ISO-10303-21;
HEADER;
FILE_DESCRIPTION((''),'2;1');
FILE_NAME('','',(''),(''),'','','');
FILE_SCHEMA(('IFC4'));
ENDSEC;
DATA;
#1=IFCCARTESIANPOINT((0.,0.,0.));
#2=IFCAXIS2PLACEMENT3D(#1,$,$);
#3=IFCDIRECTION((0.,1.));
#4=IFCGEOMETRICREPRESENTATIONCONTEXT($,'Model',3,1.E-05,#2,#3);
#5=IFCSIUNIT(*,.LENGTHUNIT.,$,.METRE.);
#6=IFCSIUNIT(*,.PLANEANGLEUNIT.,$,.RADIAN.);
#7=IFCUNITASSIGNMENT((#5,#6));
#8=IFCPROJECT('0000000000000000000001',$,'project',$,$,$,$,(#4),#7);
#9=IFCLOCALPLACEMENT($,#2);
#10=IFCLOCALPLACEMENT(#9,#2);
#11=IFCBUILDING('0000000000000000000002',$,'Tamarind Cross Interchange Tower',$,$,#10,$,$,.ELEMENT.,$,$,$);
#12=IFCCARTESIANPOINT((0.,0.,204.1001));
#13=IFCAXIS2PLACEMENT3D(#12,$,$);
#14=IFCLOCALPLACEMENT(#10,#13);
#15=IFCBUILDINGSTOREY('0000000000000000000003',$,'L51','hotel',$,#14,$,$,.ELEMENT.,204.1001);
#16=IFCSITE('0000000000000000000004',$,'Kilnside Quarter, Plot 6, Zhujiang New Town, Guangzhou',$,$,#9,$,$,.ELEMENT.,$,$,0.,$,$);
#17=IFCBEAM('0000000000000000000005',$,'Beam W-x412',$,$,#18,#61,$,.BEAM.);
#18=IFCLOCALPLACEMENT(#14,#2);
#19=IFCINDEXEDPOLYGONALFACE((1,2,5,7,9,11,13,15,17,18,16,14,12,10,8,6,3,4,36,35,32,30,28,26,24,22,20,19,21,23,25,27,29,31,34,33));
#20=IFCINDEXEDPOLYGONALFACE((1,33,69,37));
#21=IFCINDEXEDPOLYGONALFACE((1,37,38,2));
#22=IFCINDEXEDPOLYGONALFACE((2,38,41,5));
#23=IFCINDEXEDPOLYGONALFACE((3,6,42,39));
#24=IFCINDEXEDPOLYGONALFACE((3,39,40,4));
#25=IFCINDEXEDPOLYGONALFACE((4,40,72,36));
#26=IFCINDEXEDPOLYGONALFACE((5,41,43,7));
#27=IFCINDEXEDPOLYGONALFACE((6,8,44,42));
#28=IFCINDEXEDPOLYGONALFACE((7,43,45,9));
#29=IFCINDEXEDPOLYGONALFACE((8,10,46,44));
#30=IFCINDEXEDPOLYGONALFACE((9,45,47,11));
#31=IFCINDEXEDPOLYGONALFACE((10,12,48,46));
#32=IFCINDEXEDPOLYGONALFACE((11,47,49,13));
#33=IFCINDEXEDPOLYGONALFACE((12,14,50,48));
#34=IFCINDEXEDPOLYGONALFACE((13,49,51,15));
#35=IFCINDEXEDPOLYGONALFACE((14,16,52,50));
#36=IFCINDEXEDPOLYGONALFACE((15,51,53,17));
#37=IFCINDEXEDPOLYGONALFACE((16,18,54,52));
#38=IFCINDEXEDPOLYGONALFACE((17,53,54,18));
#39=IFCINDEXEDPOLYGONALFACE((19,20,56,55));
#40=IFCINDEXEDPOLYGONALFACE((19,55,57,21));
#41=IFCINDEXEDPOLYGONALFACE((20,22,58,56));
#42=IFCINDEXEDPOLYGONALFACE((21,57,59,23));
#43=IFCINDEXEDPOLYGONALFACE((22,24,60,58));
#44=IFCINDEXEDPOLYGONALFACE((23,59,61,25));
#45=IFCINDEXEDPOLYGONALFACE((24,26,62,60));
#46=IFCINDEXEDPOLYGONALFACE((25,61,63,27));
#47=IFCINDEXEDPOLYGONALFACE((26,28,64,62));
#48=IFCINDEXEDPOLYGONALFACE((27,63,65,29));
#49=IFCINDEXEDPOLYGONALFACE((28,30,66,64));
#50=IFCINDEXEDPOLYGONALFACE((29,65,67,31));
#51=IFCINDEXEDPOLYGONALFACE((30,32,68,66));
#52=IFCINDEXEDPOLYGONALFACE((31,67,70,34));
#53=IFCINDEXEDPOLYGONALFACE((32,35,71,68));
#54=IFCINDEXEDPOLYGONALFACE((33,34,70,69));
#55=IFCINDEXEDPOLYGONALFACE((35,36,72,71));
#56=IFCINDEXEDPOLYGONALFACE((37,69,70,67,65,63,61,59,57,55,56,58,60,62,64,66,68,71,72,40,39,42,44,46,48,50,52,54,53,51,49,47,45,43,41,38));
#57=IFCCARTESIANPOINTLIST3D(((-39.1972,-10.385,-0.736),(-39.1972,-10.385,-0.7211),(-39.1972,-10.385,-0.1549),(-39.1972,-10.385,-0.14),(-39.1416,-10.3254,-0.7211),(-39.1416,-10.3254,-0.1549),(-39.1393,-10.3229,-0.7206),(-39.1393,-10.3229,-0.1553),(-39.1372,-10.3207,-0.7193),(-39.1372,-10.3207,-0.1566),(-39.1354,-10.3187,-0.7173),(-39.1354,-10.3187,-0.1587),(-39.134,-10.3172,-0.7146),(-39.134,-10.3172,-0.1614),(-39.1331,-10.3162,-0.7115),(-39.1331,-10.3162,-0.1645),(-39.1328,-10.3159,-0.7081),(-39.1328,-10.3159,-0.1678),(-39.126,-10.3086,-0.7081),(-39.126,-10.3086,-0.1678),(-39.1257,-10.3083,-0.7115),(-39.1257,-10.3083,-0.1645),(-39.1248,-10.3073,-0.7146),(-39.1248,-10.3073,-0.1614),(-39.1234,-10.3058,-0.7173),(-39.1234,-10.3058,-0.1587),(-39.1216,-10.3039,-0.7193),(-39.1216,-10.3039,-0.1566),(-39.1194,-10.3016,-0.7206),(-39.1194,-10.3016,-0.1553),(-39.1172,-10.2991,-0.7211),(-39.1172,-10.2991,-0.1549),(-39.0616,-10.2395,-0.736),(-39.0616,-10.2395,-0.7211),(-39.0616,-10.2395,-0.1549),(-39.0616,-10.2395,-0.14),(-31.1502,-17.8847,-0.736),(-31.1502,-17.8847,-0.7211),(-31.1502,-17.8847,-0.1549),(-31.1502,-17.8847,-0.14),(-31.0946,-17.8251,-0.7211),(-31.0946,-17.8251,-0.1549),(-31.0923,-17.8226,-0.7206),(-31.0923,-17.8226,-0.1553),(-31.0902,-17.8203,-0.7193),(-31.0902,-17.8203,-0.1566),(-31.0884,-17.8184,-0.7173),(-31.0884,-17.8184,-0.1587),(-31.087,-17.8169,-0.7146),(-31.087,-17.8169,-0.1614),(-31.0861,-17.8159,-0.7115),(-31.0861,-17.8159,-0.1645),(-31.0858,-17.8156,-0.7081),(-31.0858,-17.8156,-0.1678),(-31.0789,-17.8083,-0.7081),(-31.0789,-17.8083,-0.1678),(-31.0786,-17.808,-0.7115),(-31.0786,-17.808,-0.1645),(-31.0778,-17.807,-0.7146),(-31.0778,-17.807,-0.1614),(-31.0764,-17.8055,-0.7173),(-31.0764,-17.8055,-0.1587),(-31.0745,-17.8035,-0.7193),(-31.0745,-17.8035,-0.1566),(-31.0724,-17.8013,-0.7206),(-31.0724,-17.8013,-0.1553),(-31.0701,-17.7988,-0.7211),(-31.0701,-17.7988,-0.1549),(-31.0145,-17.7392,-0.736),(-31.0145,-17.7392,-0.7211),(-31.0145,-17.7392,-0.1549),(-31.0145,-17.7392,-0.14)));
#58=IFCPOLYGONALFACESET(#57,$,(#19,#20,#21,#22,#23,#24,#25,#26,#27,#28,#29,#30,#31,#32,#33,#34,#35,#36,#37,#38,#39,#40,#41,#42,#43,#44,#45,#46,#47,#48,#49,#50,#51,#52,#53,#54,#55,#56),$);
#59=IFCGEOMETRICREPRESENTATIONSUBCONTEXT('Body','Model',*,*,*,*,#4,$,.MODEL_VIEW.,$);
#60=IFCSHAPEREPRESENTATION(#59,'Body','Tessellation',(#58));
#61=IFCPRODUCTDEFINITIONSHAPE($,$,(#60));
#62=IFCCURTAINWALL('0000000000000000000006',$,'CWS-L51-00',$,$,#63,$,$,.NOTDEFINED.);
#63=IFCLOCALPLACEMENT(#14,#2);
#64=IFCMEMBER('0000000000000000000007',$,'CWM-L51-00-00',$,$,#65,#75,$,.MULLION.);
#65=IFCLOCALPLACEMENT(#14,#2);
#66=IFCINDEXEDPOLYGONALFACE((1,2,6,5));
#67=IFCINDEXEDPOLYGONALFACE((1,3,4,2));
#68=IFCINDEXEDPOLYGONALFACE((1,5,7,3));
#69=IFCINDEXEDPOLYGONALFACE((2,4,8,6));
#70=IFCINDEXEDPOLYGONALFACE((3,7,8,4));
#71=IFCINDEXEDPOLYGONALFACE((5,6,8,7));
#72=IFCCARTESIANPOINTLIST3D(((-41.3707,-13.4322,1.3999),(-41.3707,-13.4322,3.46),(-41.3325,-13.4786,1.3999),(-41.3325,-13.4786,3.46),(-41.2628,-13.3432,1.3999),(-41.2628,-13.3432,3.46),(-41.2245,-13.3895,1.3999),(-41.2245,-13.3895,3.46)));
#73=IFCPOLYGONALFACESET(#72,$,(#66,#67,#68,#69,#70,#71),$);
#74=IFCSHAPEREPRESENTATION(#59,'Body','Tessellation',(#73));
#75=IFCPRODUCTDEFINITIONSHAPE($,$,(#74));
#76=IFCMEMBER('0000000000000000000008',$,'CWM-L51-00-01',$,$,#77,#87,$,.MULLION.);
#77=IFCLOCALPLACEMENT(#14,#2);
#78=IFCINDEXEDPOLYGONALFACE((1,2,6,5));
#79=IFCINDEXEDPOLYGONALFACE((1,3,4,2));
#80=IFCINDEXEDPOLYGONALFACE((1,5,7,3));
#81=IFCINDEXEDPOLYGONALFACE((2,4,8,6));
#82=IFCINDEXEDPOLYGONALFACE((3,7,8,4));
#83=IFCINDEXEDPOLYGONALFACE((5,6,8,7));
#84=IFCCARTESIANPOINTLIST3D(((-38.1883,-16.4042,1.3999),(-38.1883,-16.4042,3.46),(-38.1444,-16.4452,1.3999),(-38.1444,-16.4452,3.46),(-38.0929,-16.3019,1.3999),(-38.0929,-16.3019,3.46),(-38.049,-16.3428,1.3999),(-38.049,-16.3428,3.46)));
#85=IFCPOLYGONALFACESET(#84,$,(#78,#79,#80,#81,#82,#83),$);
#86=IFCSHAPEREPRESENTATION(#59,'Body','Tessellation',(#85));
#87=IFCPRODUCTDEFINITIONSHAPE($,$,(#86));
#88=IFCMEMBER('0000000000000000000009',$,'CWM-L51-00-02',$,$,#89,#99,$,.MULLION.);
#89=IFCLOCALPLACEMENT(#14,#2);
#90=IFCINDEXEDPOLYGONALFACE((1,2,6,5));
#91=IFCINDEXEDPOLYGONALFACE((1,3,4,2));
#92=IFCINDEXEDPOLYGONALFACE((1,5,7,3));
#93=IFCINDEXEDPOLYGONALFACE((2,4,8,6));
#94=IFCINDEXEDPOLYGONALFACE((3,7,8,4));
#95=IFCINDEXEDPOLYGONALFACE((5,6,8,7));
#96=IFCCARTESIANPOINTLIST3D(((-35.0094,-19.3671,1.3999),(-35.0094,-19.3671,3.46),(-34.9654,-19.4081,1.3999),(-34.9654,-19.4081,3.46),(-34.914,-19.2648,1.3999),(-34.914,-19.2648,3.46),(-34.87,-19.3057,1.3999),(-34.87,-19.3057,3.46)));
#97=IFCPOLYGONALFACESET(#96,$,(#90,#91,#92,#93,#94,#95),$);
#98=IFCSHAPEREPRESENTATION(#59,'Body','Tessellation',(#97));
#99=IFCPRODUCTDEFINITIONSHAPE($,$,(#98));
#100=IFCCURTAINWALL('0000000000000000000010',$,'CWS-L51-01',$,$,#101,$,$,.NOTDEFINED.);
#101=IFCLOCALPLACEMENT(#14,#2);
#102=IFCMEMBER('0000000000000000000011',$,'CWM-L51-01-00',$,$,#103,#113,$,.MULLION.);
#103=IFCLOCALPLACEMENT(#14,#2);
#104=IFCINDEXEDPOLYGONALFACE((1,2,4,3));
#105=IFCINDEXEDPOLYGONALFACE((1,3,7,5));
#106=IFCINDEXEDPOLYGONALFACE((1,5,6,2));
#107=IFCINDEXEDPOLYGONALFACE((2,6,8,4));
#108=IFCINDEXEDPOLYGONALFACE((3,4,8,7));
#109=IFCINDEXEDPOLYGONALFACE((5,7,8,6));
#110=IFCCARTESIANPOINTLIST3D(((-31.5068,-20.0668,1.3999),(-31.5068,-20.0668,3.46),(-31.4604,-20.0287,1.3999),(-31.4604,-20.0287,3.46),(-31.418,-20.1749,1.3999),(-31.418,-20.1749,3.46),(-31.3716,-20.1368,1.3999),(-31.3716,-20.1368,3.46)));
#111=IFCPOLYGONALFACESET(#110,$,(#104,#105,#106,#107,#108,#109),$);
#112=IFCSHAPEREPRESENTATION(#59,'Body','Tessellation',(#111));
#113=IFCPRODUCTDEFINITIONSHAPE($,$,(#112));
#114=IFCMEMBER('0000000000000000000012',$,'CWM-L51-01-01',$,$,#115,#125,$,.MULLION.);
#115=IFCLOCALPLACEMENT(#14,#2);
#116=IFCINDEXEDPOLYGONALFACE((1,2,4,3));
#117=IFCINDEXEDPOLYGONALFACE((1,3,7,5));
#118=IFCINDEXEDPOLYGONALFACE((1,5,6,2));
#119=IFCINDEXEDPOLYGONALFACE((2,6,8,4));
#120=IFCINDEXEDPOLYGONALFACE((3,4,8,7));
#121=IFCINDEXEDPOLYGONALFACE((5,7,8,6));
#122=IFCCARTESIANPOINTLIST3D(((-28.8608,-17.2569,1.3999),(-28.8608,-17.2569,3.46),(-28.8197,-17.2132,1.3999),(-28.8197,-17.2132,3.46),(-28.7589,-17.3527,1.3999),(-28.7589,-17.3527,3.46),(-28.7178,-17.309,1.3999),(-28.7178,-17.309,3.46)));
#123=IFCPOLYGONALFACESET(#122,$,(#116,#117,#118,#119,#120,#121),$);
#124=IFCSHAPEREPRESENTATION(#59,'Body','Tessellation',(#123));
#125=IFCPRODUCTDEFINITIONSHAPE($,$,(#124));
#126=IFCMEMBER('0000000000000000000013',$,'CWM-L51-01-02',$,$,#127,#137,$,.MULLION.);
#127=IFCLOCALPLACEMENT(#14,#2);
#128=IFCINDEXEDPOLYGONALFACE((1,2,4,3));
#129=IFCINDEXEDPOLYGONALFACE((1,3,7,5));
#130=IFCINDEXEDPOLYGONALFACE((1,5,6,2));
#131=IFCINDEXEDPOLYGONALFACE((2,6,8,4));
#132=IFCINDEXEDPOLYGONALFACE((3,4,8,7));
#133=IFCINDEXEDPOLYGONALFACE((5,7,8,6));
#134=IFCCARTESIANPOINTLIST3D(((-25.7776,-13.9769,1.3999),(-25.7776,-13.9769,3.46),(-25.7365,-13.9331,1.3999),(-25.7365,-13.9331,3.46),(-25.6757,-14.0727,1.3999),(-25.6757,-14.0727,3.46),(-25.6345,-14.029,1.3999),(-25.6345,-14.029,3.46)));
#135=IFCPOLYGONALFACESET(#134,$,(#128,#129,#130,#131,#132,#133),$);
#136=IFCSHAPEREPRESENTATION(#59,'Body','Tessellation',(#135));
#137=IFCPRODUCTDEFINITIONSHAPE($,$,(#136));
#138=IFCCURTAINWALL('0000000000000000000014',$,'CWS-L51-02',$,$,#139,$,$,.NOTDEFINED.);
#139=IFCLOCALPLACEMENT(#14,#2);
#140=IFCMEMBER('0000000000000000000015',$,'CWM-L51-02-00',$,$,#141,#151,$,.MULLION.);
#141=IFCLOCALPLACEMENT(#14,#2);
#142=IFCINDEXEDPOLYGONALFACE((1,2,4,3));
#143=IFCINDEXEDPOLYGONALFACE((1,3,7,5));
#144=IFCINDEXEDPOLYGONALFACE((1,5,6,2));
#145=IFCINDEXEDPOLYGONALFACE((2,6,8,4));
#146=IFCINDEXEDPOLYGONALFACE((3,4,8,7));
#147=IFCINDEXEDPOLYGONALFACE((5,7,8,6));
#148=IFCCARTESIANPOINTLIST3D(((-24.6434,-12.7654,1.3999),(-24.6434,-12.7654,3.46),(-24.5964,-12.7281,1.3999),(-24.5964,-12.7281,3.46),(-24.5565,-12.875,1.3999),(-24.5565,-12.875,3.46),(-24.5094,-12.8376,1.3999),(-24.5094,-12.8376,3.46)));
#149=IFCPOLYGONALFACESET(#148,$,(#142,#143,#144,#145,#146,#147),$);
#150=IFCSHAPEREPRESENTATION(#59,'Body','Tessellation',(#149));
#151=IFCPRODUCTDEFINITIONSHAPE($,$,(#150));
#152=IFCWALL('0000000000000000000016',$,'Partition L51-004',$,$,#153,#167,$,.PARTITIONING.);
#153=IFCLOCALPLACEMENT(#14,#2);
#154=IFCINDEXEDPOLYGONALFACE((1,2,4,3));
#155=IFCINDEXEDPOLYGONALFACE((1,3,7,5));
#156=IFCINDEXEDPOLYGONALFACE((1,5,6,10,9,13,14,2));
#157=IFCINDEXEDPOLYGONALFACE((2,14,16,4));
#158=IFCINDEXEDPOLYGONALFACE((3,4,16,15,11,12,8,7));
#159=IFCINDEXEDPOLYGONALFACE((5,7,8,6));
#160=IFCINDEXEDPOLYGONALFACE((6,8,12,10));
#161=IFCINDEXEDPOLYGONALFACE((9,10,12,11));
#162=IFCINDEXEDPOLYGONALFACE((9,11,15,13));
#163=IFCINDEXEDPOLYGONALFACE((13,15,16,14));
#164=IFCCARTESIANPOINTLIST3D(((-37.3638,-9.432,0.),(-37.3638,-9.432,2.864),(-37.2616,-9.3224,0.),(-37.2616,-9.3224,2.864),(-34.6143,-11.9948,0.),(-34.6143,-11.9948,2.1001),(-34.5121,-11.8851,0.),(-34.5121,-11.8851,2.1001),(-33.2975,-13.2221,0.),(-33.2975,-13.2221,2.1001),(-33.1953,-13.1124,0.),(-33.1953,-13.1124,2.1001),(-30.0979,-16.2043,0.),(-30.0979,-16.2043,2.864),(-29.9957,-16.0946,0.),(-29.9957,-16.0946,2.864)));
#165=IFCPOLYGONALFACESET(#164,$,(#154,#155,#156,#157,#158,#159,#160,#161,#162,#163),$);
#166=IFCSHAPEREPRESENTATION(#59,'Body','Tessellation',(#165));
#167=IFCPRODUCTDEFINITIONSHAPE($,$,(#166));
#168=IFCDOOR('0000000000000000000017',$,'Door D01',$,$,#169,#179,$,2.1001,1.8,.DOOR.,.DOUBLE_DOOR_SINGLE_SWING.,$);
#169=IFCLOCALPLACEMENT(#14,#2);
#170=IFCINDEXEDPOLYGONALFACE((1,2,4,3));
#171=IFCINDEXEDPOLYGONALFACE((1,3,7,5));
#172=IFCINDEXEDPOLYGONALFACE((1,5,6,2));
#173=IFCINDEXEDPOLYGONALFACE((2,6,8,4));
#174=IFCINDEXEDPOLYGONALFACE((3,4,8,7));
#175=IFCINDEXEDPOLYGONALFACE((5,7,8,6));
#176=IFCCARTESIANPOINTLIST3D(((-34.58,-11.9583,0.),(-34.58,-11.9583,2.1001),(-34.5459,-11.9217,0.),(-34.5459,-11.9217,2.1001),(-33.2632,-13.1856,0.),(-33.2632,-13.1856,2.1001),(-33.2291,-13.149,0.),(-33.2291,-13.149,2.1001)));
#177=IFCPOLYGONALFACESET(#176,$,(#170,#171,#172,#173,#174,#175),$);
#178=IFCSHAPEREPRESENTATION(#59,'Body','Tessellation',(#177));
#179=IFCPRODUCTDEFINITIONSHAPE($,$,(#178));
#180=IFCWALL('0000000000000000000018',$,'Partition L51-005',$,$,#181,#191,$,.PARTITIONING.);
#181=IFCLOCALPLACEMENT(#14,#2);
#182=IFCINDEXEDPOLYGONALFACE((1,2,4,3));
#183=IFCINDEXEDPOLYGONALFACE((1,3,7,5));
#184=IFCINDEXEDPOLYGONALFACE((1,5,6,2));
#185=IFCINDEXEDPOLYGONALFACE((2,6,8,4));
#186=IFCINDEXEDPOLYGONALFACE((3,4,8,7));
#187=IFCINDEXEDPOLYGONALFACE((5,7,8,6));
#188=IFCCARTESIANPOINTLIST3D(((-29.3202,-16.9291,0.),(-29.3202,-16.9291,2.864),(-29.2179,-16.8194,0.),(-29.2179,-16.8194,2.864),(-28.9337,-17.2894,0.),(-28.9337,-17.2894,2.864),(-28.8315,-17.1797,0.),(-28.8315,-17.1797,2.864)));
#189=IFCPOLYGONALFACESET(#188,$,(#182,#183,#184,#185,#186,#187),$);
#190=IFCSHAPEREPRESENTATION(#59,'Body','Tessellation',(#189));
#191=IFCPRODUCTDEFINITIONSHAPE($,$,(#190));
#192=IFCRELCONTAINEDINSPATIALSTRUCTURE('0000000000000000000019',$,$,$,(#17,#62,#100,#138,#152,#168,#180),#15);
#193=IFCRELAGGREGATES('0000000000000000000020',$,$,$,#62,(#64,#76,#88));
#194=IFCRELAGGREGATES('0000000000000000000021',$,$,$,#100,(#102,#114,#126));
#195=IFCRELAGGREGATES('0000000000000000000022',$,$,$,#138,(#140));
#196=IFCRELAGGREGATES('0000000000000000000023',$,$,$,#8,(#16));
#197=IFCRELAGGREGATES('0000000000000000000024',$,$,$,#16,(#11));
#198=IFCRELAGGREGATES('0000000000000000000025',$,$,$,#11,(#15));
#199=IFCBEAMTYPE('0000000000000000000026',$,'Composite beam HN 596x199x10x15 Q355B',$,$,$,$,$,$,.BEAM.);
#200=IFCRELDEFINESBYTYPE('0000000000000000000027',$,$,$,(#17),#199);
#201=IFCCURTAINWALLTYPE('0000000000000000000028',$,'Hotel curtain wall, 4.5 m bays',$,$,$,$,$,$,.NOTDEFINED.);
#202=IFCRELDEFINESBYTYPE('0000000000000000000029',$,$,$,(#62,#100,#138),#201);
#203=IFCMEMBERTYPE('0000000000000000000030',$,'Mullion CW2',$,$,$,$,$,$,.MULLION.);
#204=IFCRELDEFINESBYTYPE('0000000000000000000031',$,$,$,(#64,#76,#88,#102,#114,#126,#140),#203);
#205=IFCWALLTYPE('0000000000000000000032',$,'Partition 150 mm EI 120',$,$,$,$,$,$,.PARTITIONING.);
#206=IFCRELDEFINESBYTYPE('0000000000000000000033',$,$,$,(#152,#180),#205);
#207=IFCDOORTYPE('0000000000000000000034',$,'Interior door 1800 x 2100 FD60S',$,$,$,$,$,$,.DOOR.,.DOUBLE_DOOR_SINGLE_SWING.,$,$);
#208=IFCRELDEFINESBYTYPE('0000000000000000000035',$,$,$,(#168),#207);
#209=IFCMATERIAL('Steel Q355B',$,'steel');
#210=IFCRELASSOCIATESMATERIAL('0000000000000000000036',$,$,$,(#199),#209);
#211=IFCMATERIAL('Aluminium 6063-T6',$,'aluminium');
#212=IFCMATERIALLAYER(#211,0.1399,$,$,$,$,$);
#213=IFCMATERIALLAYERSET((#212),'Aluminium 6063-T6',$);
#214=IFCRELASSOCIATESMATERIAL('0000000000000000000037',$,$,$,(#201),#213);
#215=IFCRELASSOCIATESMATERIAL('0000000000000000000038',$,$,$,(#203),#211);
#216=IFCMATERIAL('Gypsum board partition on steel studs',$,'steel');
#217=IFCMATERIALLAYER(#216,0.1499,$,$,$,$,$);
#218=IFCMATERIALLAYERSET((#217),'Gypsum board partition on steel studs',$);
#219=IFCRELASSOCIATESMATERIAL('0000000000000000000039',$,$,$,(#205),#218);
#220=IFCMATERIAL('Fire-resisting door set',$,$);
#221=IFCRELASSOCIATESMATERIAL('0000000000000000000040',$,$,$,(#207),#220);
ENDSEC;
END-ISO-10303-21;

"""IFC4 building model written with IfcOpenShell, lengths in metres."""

from ifc_helpers import new_model, si_unit, direction, frame, frame_2d, origin, origin_2d, place, context, subcontext, project, spatial, rectangle, i_section, extrude, material, layer, layer_set, material_profile, profile_set, type_object, element, fill, aggregate, save


model = new_model("IFC4")

# Units and contexts
model_context = context("Model", 3, precision=1e-05, world=origin(), true_north=direction((0.0, 1.0)))
body_context = subcontext(model_context, "Body", "Model", "MODEL_VIEW")
ifc_project = project(units=[si_unit("LENGTHUNIT", "METRE"), si_unit("PLANEANGLEUNIT", "RADIAN")], contexts=[model_context])

# Site, building, storey
site_placement = place(None, origin())
site = spatial("IfcSite", under=ifc_project, at=site_placement, Name="Kilnside Quarter, Plot 6, Zhujiang New Town, Guangzhou", CompositionType="ELEMENT", RefElevation=0.0)
building_placement = place(site_placement, origin())
building = spatial("IfcBuilding", under=site, at=building_placement, Name="Tamarind Cross Interchange Tower", CompositionType="ELEMENT")
storey_placement = place(building_placement, frame((0.0, 0.0, 204.1001)))
storey = spatial("IfcBuildingStorey", under=building, at=storey_placement, Name="L51", Description="hotel", CompositionType="ELEMENT", Elevation=204.1001)

# Beam
ifc_material_1 = material(Name="Steel Q355B", Category="steel")
ifc_material_profile_1 = material_profile(ifc_material_1, i_section(OverallWidth=0.199, OverallDepth=0.5959, WebThickness=0.01, FlangeThickness=0.0149, FilletRadius=0.0129, at=origin_2d()), Name="HN 596x199x10x15")
ifc_profile_set_1 = profile_set([ifc_material_profile_1], Name="Steel Q355B")
beam_type_1 = type_object("IfcBeamType", Name="Composite beam HN 596x199x10x15 Q355B", PredefinedType="BEAM", material=ifc_profile_set_1)
beam_1_placement = place(storey_placement, frame((-39.1294, -10.3123, -0.438), z_axis=(0.731549, -0.681789, 0.0), x_axis=(0.681789, 0.731549, 0.0)))
element("IfcBeam", 1, at=beam_1_placement, inside=storey, type_object=beam_type_1, Name="Beam W-x412", PredefinedType="BEAM", context=body_context, shape_type="SweptSolid", body=[
    extrude(i_section(OverallWidth=0.199, OverallDepth=0.5959, WebThickness=0.01, FlangeThickness=0.0149, FilletRadius=0.0129, at=origin_2d()), origin(), (0.0, 0.0, 1.0), 11.0),
])

# Curtain walls, members
ifc_material_2 = material(Name="Aluminium 6063-T6", Category="aluminium")
ifc_layer_1 = layer(ifc_material_2, 0.1399)
ifc_layer_set_1 = layer_set([ifc_layer_1], Name="Aluminium 6063-T6")
curtain_wall_type = type_object("IfcCurtainWallType", Name="Hotel curtain wall, 4.5 m bays", PredefinedType="NOTDEFINED", material=ifc_layer_set_1)
curtain_wall_1_placement = place(storey_placement, origin())
curtain_wall_1 = element("IfcCurtainWall", 2, at=curtain_wall_1_placement, inside=storey, type_object=curtain_wall_type, Name="CWS-L51-00", PredefinedType="NOTDEFINED")
ifc_material_profile_2 = material_profile(ifc_material_2, rectangle(XDim=0.0601, YDim=0.1399, at=origin_2d()), Name="Mullion CW2")
ifc_profile_set_2 = profile_set([ifc_material_profile_2], Name="Aluminium 6063-T6")
member_type = type_object("IfcMemberType", Name="Mullion CW2", PredefinedType="MULLION", material=ifc_profile_set_2)
member_1_placement = place(storey_placement, frame((-41.2976, -13.4109, 1.3999), z_axis=(0.0, 0.0, 1.0), x_axis=(0.636294, -0.771447, 0.0)))
member_1 = element("IfcMember", 3, at=member_1_placement, type_object=member_type, Name="CWM-L51-00-00", PredefinedType="MULLION", context=body_context, shape_type="SweptSolid", body=[
    extrude(rectangle(XDim=0.0601, YDim=0.1399, at=origin_2d()), origin(), (0.0, 0.0, 1.0), 2.0601),
])
member_2_placement = place(storey_placement, frame((-38.1187, -16.3735, 1.3999), z_axis=(0.0, 0.0, 1.0), x_axis=(0.731544, -0.681794, 0.0)))
member_2 = element("IfcMember", 4, at=member_2_placement, type_object=member_type, Name="CWM-L51-00-01", PredefinedType="MULLION", context=body_context, shape_type="SweptSolid", body=[
    extrude(rectangle(XDim=0.0601, YDim=0.1399, at=origin_2d()), origin(), (0.0, 0.0, 1.0), 2.0601),
])
member_3_placement = place(storey_placement, frame((-34.9397, -19.3364, 1.3999), z_axis=(0.0, 0.0, 1.0), x_axis=(0.731544, -0.681794, 0.0)))
member_3 = element("IfcMember", 5, at=member_3_placement, type_object=member_type, Name="CWM-L51-00-02", PredefinedType="MULLION", context=body_context, shape_type="SweptSolid", body=[
    extrude(rectangle(XDim=0.0601, YDim=0.1399, at=origin_2d()), origin(), (0.0, 0.0, 1.0), 2.0601),
])
aggregate(curtain_wall_1, [member_1, member_2, member_3])
curtain_wall_2_placement = place(storey_placement, origin())
curtain_wall_2 = element("IfcCurtainWall", 6, at=curtain_wall_2_placement, inside=storey, type_object=curtain_wall_type, Name="CWS-L51-01", PredefinedType="NOTDEFINED")
member_4_placement = place(storey_placement, frame((-31.4392, -20.1018, 1.3999), z_axis=(0.0, 0.0, 1.0), x_axis=(0.772812, 0.634635, 0.0)))
member_4 = element("IfcMember", 7, at=member_4_placement, type_object=member_type, Name="CWM-L51-01-00", PredefinedType="MULLION", context=body_context, shape_type="SweptSolid", body=[
    extrude(rectangle(XDim=0.0601, YDim=0.1399, at=origin_2d()), origin(), (0.0, 0.0, 1.0), 2.0601),
])
member_5_placement = place(storey_placement, frame((-28.7893, -17.283, 1.3999), z_axis=(0.0, 0.0, 1.0), x_axis=(0.68493, 0.728609, 0.0)))
member_5 = element("IfcMember", 8, at=member_5_placement, type_object=member_type, Name="CWM-L51-01-01", PredefinedType="MULLION", context=body_context, shape_type="SweptSolid", body=[
    extrude(rectangle(XDim=0.0601, YDim=0.1399, at=origin_2d()), origin(), (0.0, 0.0, 1.0), 2.0601),
])
member_6_placement = place(storey_placement, frame((-25.7061, -14.0029, 1.3999), z_axis=(0.0, 0.0, 1.0), x_axis=(0.68493, 0.728609, 0.0)))
member_6 = element("IfcMember", 9, at=member_6_placement, type_object=member_type, Name="CWM-L51-01-02", PredefinedType="MULLION", context=body_context, shape_type="SweptSolid", body=[
    extrude(rectangle(XDim=0.0601, YDim=0.1399, at=origin_2d()), origin(), (0.0, 0.0, 1.0), 2.0601),
])
aggregate(curtain_wall_2, [member_4, member_5, member_6])

# Curtain wall, member
curtain_wall_3_placement = place(storey_placement, origin())
curtain_wall_3 = element("IfcCurtainWall", 10, at=curtain_wall_3_placement, inside=storey, type_object=curtain_wall_type, Name="CWS-L51-02", PredefinedType="NOTDEFINED")
member_7_placement = place(storey_placement, frame((-24.5764, -12.8015, 1.3999), z_axis=(0.0, 0.0, 1.0), x_axis=(0.783309, 0.621633, 0.0)))
member_7 = element("IfcMember", 11, at=member_7_placement, type_object=member_type, Name="CWM-L51-02-00", PredefinedType="MULLION", context=body_context, shape_type="SweptSolid", body=[
    extrude(rectangle(XDim=0.0601, YDim=0.1399, at=origin_2d()), origin(), (0.0, 0.0, 1.0), 2.0601),
])
aggregate(curtain_wall_3, [member_7])

# Wall, opening, door
ifc_material_3 = material(Name="Gypsum board partition on steel studs", Category="steel")
ifc_layer_2 = layer(ifc_material_3, 0.1499)
ifc_layer_set_2 = layer_set([ifc_layer_2], Name="Gypsum board partition on steel studs")
wall_type = type_object("IfcWallType", Name="Partition 150 mm EI 120", PredefinedType="PARTITIONING", material=ifc_layer_set_2)
wall_1_placement = place(storey_placement, frame((-37.3127, -9.3772, 0.0), z_axis=(0.0, 0.0, 1.0), x_axis=(0.73152, -0.68182, 0.0)))
wall_1 = element("IfcWall", 12, at=wall_1_placement, inside=storey, type_object=wall_type, Name="Partition L51-004", PredefinedType="PARTITIONING", context=body_context, shape_type="SweptSolid", body=[
    extrude(rectangle(XDim=9.9326, YDim=0.1499, at=frame_2d((4.9663, 0.0))), origin(), (0.0, 0.0, 1.0), 2.864),
])
opening_1_placement = place(wall_1_placement, frame((3.7588, 0.0, 0.0)))
opening_1 = element("IfcOpeningElement", 13, at=opening_1_placement, cuts=wall_1, PredefinedType="OPENING", context=body_context, shape_type="SweptSolid", body=[
    extrude(rectangle(XDim=1.8, YDim=2.1001, at=frame_2d((0.8999, 1.05))), frame((0.0, 0.085, 0.0), z_axis=(0.0, -1.0, 0.0), x_axis=(1.0, 0.0, 0.0)), (0.0, 0.0, 1.0), 0.1699),
])
ifc_material_4 = material(Name="Fire-resisting door set")
door_type_1 = type_object("IfcDoorType", Name="Interior door 1800 x 2100 FD60S", OperationType="DOUBLE_DOOR_SINGLE_SWING", PredefinedType="DOOR", material=ifc_material_4)
door_1_placement = place(opening_1_placement, frame((1.8, 0.0, 0.0), z_axis=(0.0, 0.0, 1.0), x_axis=(-1.0, 0.0, 0.0)))
door_1 = element("IfcDoor", 14, at=door_1_placement, inside=storey, type_object=door_type_1, Name="Door D01", OperationType="DOUBLE_DOOR_SINGLE_SWING", OverallHeight=2.1001, OverallWidth=1.8, PredefinedType="DOOR", context=body_context, shape_type="SweptSolid", body=[
    extrude(rectangle(XDim=1.8, YDim=2.1001, at=frame_2d((0.8999, 1.05))), frame((0.0, 0.0249, 0.0), z_axis=(0.0, -1.0, 0.0), x_axis=(1.0, 0.0, 0.0)), (0.0, 0.0, 1.0), 0.05),
])
fill(opening_1, door_1)

# Wall
wall_2_placement = place(storey_placement, frame((-29.269, -16.8743, 0.0), z_axis=(0.0, 0.0, 1.0), x_axis=(0.731393, -0.681956, 0.0)))
element("IfcWall", 15, at=wall_2_placement, inside=storey, type_object=wall_type, Name="Partition L51-005", PredefinedType="PARTITIONING", context=body_context, shape_type="SweptSolid", body=[
    extrude(rectangle(XDim=0.5283, YDim=0.1499, at=frame_2d((0.2642, 0.0))), origin(), (0.0, 0.0, 1.0), 2.864),
])

save(model, "model.ifc")
